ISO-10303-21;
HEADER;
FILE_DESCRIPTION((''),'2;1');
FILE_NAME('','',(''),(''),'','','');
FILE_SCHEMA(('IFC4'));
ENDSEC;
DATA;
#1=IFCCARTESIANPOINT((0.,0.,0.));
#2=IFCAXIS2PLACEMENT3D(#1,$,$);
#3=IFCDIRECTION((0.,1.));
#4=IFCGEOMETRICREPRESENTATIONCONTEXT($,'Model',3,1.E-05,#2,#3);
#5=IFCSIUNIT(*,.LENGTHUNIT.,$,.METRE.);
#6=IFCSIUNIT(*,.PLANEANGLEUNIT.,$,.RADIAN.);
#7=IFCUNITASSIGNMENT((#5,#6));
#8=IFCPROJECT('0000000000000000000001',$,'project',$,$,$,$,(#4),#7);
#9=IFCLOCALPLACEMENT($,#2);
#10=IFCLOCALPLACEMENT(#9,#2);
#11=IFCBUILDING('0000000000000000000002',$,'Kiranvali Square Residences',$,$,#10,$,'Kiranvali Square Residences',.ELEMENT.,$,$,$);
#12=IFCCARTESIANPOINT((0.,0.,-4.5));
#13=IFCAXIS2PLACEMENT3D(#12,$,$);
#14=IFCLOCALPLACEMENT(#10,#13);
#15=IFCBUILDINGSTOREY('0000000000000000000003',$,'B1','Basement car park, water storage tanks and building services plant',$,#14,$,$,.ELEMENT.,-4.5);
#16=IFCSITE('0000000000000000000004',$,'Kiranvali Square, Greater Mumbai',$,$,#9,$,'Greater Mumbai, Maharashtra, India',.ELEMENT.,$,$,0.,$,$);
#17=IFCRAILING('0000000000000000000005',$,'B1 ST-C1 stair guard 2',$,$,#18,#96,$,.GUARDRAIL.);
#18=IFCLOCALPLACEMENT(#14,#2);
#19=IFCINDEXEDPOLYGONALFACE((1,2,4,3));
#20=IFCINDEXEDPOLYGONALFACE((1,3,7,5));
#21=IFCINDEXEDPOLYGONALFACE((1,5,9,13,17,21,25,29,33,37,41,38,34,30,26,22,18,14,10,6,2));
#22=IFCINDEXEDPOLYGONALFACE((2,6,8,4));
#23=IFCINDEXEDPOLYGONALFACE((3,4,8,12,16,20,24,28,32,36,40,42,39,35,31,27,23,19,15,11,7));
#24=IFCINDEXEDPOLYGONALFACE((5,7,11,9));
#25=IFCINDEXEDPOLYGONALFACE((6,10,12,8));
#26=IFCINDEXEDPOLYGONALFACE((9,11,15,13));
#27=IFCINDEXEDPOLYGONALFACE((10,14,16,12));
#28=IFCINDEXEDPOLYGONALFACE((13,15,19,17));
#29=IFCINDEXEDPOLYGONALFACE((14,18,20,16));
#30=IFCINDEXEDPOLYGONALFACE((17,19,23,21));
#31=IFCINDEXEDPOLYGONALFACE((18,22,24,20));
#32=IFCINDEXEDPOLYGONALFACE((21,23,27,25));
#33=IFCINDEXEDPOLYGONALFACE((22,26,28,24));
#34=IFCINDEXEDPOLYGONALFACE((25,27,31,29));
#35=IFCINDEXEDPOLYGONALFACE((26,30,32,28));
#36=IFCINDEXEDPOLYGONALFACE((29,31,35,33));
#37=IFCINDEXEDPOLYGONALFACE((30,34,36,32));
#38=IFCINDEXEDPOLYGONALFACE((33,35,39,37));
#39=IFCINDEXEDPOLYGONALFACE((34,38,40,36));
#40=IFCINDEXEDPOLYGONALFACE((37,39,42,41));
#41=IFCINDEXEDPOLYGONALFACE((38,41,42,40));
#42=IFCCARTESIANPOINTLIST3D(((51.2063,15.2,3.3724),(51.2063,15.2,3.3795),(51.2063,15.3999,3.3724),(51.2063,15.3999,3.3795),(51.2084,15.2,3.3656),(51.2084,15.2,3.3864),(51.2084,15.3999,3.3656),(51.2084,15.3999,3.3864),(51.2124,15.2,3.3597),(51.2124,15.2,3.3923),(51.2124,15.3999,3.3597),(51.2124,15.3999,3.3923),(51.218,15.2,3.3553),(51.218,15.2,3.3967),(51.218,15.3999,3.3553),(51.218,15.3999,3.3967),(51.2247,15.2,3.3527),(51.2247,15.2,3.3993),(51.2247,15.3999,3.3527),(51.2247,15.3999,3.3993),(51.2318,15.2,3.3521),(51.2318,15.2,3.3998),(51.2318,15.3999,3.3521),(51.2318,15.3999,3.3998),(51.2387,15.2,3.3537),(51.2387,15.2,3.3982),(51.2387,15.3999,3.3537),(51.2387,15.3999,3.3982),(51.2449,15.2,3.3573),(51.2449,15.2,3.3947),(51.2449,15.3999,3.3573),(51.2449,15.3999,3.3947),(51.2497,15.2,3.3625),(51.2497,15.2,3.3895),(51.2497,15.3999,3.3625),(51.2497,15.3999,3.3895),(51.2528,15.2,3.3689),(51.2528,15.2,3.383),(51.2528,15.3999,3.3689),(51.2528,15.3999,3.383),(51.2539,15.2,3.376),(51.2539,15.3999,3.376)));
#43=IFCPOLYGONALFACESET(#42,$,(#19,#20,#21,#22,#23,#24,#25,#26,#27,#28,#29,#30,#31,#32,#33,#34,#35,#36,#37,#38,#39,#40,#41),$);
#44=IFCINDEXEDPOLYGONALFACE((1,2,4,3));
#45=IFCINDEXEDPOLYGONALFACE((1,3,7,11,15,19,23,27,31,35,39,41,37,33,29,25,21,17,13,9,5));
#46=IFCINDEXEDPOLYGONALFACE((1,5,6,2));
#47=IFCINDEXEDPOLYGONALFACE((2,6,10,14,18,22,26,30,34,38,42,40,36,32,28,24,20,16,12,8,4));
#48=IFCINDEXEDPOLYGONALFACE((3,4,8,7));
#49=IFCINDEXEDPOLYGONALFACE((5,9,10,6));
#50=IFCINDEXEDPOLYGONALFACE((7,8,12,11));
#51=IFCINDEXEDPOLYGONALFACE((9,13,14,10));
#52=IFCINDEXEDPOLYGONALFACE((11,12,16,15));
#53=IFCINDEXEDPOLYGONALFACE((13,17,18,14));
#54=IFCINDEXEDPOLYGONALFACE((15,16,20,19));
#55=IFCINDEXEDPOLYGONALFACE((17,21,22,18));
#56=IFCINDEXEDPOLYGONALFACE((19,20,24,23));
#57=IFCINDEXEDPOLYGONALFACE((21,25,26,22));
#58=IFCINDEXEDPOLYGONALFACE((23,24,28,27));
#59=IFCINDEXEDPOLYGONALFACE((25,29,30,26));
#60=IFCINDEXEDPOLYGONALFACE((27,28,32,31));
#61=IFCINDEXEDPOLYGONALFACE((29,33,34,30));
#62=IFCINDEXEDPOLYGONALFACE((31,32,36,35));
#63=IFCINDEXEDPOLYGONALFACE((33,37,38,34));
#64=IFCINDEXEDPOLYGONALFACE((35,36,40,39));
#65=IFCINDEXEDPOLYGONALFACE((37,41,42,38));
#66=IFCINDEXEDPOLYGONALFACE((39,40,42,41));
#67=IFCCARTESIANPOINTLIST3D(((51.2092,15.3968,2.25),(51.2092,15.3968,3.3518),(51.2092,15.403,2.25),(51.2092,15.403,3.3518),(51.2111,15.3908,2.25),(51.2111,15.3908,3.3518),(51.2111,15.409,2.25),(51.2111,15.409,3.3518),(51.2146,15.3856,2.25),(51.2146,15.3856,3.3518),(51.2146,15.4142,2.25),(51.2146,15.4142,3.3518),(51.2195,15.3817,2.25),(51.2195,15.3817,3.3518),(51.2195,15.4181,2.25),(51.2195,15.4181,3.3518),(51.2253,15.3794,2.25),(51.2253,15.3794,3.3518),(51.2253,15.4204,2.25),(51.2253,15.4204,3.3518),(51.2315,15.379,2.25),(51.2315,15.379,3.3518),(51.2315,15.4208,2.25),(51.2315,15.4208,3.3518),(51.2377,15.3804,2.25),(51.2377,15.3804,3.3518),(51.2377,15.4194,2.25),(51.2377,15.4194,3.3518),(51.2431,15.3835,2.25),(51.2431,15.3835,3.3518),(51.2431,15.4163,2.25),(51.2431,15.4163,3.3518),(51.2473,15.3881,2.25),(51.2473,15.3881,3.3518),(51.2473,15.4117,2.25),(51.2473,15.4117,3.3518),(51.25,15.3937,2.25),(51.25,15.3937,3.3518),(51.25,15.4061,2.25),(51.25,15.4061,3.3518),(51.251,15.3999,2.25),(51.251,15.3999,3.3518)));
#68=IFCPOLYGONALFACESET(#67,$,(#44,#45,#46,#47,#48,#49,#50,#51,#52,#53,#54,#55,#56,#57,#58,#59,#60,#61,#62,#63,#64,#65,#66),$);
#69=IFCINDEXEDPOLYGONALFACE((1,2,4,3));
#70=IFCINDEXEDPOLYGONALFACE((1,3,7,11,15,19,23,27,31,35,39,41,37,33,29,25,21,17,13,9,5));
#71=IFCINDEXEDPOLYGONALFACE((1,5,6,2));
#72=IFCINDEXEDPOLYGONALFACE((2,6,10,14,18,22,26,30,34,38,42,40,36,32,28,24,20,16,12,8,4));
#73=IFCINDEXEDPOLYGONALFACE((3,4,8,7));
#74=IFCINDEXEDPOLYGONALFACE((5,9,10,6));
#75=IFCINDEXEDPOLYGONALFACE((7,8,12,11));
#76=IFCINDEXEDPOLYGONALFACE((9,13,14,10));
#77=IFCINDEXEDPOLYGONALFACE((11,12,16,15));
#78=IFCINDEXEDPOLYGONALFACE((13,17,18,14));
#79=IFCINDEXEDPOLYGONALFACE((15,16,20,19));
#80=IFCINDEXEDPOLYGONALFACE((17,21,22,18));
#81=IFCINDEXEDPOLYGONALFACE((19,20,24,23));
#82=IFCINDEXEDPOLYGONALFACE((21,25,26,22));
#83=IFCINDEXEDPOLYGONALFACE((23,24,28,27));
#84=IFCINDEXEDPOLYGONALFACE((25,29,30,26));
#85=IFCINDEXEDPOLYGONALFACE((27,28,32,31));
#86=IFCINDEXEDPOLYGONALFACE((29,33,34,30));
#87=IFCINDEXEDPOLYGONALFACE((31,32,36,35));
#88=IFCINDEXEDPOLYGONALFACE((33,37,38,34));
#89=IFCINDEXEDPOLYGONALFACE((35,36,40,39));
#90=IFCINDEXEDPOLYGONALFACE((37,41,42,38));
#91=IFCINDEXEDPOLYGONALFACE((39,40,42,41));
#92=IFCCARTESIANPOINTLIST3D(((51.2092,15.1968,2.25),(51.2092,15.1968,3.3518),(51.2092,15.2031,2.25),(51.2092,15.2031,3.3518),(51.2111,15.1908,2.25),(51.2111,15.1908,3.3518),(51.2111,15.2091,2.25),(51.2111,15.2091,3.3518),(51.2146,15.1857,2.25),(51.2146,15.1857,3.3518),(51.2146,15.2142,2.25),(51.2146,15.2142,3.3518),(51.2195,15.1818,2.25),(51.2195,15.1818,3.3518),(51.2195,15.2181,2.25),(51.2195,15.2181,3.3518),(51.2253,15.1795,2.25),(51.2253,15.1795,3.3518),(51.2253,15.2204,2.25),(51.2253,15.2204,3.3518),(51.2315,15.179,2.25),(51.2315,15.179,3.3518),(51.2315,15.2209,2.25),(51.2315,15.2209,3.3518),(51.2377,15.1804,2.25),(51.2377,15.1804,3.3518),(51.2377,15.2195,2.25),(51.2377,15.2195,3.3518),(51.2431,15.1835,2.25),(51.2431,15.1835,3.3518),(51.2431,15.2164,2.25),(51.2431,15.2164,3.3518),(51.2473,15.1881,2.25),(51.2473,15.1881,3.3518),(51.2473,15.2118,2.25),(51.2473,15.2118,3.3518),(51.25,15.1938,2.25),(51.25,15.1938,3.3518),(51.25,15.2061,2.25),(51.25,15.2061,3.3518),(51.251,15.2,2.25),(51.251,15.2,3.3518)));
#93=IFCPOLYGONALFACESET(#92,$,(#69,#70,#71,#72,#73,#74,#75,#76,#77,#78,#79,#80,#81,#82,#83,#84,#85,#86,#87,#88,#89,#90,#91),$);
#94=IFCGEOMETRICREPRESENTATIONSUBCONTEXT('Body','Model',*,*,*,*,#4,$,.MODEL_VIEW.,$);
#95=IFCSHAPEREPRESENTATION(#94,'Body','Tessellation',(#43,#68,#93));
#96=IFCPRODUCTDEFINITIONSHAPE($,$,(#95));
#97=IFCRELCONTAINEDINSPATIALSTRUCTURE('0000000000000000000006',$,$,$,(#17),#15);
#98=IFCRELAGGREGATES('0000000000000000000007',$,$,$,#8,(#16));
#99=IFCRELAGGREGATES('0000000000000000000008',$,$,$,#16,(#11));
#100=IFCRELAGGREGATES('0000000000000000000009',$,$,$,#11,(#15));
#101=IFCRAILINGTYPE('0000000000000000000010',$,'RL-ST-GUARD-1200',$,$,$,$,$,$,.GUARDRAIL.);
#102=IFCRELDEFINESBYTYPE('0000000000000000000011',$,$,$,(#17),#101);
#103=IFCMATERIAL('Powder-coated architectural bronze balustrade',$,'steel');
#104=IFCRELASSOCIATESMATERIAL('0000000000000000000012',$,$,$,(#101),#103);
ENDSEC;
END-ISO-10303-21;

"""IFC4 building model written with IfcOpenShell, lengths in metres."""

from ifc_helpers import new_model, si_unit, direction, frame, origin, origin_2d, place, context, subcontext, project, spatial, circle, extrude, material, type_object, element, save


model = new_model("IFC4")

# Units and contexts
model_context = context("Model", 3, precision=1e-05, world=origin(), true_north=direction((0.0, 1.0)))
body_context = subcontext(model_context, "Body", "Model", "MODEL_VIEW")
ifc_project = project(units=[si_unit("LENGTHUNIT", "METRE"), si_unit("PLANEANGLEUNIT", "RADIAN")], contexts=[model_context])

# Site, building, storey
site_placement = place(None, origin())
site = spatial("IfcSite", under=ifc_project, at=site_placement, Name="Kiranvali Square, Greater Mumbai", LongName="Greater Mumbai, Maharashtra, India", CompositionType="ELEMENT", RefElevation=0.0)
building_placement = place(site_placement, origin())
building = spatial("IfcBuilding", under=site, at=building_placement, Name="Kiranvali Square Residences", LongName="Kiranvali Square Residences", CompositionType="ELEMENT")
storey_placement = place(building_placement, frame((0.0, 0.0, -4.5)))
storey = spatial("IfcBuildingStorey", under=building, at=storey_placement, Name="B1", Description="Basement car park, water storage tanks and building services plant", CompositionType="ELEMENT", Elevation=-4.5)

# Railing
ifc_material_1 = material(Name="Powder-coated architectural bronze balustrade", Category="steel")
railing_type_1 = type_object("IfcRailingType", Name="RL-ST-GUARD-1200", PredefinedType="GUARDRAIL", material=ifc_material_1)
railing_1_placement = place(storey_placement, frame((51.23, 15.3999, 2.25)))
element("IfcRailing", 1, at=railing_1_placement, inside=storey, type_object=railing_type_1, Name="B1 ST-C1 stair guard 2", PredefinedType="GUARDRAIL", context=body_context, shape_type="SweptSolid", body=[
    extrude(circle(Radius=0.0239, at=origin_2d()), frame((0.0, 0.0, 1.126), z_axis=(0.0, -1.0, 0.0), x_axis=(1.0, 0.0, 0.0)), (0.0, 0.0, 1.0), 0.2),
    extrude(circle(Radius=0.021, at=origin_2d()), origin(), (0.0, 0.0, 1.0), 1.1018),
    extrude(circle(Radius=0.021, at=origin_2d()), frame((0.0, -0.2, 0.0)), (0.0, 0.0, 1.0), 1.1018),
])

save(model, "model.ifc")
